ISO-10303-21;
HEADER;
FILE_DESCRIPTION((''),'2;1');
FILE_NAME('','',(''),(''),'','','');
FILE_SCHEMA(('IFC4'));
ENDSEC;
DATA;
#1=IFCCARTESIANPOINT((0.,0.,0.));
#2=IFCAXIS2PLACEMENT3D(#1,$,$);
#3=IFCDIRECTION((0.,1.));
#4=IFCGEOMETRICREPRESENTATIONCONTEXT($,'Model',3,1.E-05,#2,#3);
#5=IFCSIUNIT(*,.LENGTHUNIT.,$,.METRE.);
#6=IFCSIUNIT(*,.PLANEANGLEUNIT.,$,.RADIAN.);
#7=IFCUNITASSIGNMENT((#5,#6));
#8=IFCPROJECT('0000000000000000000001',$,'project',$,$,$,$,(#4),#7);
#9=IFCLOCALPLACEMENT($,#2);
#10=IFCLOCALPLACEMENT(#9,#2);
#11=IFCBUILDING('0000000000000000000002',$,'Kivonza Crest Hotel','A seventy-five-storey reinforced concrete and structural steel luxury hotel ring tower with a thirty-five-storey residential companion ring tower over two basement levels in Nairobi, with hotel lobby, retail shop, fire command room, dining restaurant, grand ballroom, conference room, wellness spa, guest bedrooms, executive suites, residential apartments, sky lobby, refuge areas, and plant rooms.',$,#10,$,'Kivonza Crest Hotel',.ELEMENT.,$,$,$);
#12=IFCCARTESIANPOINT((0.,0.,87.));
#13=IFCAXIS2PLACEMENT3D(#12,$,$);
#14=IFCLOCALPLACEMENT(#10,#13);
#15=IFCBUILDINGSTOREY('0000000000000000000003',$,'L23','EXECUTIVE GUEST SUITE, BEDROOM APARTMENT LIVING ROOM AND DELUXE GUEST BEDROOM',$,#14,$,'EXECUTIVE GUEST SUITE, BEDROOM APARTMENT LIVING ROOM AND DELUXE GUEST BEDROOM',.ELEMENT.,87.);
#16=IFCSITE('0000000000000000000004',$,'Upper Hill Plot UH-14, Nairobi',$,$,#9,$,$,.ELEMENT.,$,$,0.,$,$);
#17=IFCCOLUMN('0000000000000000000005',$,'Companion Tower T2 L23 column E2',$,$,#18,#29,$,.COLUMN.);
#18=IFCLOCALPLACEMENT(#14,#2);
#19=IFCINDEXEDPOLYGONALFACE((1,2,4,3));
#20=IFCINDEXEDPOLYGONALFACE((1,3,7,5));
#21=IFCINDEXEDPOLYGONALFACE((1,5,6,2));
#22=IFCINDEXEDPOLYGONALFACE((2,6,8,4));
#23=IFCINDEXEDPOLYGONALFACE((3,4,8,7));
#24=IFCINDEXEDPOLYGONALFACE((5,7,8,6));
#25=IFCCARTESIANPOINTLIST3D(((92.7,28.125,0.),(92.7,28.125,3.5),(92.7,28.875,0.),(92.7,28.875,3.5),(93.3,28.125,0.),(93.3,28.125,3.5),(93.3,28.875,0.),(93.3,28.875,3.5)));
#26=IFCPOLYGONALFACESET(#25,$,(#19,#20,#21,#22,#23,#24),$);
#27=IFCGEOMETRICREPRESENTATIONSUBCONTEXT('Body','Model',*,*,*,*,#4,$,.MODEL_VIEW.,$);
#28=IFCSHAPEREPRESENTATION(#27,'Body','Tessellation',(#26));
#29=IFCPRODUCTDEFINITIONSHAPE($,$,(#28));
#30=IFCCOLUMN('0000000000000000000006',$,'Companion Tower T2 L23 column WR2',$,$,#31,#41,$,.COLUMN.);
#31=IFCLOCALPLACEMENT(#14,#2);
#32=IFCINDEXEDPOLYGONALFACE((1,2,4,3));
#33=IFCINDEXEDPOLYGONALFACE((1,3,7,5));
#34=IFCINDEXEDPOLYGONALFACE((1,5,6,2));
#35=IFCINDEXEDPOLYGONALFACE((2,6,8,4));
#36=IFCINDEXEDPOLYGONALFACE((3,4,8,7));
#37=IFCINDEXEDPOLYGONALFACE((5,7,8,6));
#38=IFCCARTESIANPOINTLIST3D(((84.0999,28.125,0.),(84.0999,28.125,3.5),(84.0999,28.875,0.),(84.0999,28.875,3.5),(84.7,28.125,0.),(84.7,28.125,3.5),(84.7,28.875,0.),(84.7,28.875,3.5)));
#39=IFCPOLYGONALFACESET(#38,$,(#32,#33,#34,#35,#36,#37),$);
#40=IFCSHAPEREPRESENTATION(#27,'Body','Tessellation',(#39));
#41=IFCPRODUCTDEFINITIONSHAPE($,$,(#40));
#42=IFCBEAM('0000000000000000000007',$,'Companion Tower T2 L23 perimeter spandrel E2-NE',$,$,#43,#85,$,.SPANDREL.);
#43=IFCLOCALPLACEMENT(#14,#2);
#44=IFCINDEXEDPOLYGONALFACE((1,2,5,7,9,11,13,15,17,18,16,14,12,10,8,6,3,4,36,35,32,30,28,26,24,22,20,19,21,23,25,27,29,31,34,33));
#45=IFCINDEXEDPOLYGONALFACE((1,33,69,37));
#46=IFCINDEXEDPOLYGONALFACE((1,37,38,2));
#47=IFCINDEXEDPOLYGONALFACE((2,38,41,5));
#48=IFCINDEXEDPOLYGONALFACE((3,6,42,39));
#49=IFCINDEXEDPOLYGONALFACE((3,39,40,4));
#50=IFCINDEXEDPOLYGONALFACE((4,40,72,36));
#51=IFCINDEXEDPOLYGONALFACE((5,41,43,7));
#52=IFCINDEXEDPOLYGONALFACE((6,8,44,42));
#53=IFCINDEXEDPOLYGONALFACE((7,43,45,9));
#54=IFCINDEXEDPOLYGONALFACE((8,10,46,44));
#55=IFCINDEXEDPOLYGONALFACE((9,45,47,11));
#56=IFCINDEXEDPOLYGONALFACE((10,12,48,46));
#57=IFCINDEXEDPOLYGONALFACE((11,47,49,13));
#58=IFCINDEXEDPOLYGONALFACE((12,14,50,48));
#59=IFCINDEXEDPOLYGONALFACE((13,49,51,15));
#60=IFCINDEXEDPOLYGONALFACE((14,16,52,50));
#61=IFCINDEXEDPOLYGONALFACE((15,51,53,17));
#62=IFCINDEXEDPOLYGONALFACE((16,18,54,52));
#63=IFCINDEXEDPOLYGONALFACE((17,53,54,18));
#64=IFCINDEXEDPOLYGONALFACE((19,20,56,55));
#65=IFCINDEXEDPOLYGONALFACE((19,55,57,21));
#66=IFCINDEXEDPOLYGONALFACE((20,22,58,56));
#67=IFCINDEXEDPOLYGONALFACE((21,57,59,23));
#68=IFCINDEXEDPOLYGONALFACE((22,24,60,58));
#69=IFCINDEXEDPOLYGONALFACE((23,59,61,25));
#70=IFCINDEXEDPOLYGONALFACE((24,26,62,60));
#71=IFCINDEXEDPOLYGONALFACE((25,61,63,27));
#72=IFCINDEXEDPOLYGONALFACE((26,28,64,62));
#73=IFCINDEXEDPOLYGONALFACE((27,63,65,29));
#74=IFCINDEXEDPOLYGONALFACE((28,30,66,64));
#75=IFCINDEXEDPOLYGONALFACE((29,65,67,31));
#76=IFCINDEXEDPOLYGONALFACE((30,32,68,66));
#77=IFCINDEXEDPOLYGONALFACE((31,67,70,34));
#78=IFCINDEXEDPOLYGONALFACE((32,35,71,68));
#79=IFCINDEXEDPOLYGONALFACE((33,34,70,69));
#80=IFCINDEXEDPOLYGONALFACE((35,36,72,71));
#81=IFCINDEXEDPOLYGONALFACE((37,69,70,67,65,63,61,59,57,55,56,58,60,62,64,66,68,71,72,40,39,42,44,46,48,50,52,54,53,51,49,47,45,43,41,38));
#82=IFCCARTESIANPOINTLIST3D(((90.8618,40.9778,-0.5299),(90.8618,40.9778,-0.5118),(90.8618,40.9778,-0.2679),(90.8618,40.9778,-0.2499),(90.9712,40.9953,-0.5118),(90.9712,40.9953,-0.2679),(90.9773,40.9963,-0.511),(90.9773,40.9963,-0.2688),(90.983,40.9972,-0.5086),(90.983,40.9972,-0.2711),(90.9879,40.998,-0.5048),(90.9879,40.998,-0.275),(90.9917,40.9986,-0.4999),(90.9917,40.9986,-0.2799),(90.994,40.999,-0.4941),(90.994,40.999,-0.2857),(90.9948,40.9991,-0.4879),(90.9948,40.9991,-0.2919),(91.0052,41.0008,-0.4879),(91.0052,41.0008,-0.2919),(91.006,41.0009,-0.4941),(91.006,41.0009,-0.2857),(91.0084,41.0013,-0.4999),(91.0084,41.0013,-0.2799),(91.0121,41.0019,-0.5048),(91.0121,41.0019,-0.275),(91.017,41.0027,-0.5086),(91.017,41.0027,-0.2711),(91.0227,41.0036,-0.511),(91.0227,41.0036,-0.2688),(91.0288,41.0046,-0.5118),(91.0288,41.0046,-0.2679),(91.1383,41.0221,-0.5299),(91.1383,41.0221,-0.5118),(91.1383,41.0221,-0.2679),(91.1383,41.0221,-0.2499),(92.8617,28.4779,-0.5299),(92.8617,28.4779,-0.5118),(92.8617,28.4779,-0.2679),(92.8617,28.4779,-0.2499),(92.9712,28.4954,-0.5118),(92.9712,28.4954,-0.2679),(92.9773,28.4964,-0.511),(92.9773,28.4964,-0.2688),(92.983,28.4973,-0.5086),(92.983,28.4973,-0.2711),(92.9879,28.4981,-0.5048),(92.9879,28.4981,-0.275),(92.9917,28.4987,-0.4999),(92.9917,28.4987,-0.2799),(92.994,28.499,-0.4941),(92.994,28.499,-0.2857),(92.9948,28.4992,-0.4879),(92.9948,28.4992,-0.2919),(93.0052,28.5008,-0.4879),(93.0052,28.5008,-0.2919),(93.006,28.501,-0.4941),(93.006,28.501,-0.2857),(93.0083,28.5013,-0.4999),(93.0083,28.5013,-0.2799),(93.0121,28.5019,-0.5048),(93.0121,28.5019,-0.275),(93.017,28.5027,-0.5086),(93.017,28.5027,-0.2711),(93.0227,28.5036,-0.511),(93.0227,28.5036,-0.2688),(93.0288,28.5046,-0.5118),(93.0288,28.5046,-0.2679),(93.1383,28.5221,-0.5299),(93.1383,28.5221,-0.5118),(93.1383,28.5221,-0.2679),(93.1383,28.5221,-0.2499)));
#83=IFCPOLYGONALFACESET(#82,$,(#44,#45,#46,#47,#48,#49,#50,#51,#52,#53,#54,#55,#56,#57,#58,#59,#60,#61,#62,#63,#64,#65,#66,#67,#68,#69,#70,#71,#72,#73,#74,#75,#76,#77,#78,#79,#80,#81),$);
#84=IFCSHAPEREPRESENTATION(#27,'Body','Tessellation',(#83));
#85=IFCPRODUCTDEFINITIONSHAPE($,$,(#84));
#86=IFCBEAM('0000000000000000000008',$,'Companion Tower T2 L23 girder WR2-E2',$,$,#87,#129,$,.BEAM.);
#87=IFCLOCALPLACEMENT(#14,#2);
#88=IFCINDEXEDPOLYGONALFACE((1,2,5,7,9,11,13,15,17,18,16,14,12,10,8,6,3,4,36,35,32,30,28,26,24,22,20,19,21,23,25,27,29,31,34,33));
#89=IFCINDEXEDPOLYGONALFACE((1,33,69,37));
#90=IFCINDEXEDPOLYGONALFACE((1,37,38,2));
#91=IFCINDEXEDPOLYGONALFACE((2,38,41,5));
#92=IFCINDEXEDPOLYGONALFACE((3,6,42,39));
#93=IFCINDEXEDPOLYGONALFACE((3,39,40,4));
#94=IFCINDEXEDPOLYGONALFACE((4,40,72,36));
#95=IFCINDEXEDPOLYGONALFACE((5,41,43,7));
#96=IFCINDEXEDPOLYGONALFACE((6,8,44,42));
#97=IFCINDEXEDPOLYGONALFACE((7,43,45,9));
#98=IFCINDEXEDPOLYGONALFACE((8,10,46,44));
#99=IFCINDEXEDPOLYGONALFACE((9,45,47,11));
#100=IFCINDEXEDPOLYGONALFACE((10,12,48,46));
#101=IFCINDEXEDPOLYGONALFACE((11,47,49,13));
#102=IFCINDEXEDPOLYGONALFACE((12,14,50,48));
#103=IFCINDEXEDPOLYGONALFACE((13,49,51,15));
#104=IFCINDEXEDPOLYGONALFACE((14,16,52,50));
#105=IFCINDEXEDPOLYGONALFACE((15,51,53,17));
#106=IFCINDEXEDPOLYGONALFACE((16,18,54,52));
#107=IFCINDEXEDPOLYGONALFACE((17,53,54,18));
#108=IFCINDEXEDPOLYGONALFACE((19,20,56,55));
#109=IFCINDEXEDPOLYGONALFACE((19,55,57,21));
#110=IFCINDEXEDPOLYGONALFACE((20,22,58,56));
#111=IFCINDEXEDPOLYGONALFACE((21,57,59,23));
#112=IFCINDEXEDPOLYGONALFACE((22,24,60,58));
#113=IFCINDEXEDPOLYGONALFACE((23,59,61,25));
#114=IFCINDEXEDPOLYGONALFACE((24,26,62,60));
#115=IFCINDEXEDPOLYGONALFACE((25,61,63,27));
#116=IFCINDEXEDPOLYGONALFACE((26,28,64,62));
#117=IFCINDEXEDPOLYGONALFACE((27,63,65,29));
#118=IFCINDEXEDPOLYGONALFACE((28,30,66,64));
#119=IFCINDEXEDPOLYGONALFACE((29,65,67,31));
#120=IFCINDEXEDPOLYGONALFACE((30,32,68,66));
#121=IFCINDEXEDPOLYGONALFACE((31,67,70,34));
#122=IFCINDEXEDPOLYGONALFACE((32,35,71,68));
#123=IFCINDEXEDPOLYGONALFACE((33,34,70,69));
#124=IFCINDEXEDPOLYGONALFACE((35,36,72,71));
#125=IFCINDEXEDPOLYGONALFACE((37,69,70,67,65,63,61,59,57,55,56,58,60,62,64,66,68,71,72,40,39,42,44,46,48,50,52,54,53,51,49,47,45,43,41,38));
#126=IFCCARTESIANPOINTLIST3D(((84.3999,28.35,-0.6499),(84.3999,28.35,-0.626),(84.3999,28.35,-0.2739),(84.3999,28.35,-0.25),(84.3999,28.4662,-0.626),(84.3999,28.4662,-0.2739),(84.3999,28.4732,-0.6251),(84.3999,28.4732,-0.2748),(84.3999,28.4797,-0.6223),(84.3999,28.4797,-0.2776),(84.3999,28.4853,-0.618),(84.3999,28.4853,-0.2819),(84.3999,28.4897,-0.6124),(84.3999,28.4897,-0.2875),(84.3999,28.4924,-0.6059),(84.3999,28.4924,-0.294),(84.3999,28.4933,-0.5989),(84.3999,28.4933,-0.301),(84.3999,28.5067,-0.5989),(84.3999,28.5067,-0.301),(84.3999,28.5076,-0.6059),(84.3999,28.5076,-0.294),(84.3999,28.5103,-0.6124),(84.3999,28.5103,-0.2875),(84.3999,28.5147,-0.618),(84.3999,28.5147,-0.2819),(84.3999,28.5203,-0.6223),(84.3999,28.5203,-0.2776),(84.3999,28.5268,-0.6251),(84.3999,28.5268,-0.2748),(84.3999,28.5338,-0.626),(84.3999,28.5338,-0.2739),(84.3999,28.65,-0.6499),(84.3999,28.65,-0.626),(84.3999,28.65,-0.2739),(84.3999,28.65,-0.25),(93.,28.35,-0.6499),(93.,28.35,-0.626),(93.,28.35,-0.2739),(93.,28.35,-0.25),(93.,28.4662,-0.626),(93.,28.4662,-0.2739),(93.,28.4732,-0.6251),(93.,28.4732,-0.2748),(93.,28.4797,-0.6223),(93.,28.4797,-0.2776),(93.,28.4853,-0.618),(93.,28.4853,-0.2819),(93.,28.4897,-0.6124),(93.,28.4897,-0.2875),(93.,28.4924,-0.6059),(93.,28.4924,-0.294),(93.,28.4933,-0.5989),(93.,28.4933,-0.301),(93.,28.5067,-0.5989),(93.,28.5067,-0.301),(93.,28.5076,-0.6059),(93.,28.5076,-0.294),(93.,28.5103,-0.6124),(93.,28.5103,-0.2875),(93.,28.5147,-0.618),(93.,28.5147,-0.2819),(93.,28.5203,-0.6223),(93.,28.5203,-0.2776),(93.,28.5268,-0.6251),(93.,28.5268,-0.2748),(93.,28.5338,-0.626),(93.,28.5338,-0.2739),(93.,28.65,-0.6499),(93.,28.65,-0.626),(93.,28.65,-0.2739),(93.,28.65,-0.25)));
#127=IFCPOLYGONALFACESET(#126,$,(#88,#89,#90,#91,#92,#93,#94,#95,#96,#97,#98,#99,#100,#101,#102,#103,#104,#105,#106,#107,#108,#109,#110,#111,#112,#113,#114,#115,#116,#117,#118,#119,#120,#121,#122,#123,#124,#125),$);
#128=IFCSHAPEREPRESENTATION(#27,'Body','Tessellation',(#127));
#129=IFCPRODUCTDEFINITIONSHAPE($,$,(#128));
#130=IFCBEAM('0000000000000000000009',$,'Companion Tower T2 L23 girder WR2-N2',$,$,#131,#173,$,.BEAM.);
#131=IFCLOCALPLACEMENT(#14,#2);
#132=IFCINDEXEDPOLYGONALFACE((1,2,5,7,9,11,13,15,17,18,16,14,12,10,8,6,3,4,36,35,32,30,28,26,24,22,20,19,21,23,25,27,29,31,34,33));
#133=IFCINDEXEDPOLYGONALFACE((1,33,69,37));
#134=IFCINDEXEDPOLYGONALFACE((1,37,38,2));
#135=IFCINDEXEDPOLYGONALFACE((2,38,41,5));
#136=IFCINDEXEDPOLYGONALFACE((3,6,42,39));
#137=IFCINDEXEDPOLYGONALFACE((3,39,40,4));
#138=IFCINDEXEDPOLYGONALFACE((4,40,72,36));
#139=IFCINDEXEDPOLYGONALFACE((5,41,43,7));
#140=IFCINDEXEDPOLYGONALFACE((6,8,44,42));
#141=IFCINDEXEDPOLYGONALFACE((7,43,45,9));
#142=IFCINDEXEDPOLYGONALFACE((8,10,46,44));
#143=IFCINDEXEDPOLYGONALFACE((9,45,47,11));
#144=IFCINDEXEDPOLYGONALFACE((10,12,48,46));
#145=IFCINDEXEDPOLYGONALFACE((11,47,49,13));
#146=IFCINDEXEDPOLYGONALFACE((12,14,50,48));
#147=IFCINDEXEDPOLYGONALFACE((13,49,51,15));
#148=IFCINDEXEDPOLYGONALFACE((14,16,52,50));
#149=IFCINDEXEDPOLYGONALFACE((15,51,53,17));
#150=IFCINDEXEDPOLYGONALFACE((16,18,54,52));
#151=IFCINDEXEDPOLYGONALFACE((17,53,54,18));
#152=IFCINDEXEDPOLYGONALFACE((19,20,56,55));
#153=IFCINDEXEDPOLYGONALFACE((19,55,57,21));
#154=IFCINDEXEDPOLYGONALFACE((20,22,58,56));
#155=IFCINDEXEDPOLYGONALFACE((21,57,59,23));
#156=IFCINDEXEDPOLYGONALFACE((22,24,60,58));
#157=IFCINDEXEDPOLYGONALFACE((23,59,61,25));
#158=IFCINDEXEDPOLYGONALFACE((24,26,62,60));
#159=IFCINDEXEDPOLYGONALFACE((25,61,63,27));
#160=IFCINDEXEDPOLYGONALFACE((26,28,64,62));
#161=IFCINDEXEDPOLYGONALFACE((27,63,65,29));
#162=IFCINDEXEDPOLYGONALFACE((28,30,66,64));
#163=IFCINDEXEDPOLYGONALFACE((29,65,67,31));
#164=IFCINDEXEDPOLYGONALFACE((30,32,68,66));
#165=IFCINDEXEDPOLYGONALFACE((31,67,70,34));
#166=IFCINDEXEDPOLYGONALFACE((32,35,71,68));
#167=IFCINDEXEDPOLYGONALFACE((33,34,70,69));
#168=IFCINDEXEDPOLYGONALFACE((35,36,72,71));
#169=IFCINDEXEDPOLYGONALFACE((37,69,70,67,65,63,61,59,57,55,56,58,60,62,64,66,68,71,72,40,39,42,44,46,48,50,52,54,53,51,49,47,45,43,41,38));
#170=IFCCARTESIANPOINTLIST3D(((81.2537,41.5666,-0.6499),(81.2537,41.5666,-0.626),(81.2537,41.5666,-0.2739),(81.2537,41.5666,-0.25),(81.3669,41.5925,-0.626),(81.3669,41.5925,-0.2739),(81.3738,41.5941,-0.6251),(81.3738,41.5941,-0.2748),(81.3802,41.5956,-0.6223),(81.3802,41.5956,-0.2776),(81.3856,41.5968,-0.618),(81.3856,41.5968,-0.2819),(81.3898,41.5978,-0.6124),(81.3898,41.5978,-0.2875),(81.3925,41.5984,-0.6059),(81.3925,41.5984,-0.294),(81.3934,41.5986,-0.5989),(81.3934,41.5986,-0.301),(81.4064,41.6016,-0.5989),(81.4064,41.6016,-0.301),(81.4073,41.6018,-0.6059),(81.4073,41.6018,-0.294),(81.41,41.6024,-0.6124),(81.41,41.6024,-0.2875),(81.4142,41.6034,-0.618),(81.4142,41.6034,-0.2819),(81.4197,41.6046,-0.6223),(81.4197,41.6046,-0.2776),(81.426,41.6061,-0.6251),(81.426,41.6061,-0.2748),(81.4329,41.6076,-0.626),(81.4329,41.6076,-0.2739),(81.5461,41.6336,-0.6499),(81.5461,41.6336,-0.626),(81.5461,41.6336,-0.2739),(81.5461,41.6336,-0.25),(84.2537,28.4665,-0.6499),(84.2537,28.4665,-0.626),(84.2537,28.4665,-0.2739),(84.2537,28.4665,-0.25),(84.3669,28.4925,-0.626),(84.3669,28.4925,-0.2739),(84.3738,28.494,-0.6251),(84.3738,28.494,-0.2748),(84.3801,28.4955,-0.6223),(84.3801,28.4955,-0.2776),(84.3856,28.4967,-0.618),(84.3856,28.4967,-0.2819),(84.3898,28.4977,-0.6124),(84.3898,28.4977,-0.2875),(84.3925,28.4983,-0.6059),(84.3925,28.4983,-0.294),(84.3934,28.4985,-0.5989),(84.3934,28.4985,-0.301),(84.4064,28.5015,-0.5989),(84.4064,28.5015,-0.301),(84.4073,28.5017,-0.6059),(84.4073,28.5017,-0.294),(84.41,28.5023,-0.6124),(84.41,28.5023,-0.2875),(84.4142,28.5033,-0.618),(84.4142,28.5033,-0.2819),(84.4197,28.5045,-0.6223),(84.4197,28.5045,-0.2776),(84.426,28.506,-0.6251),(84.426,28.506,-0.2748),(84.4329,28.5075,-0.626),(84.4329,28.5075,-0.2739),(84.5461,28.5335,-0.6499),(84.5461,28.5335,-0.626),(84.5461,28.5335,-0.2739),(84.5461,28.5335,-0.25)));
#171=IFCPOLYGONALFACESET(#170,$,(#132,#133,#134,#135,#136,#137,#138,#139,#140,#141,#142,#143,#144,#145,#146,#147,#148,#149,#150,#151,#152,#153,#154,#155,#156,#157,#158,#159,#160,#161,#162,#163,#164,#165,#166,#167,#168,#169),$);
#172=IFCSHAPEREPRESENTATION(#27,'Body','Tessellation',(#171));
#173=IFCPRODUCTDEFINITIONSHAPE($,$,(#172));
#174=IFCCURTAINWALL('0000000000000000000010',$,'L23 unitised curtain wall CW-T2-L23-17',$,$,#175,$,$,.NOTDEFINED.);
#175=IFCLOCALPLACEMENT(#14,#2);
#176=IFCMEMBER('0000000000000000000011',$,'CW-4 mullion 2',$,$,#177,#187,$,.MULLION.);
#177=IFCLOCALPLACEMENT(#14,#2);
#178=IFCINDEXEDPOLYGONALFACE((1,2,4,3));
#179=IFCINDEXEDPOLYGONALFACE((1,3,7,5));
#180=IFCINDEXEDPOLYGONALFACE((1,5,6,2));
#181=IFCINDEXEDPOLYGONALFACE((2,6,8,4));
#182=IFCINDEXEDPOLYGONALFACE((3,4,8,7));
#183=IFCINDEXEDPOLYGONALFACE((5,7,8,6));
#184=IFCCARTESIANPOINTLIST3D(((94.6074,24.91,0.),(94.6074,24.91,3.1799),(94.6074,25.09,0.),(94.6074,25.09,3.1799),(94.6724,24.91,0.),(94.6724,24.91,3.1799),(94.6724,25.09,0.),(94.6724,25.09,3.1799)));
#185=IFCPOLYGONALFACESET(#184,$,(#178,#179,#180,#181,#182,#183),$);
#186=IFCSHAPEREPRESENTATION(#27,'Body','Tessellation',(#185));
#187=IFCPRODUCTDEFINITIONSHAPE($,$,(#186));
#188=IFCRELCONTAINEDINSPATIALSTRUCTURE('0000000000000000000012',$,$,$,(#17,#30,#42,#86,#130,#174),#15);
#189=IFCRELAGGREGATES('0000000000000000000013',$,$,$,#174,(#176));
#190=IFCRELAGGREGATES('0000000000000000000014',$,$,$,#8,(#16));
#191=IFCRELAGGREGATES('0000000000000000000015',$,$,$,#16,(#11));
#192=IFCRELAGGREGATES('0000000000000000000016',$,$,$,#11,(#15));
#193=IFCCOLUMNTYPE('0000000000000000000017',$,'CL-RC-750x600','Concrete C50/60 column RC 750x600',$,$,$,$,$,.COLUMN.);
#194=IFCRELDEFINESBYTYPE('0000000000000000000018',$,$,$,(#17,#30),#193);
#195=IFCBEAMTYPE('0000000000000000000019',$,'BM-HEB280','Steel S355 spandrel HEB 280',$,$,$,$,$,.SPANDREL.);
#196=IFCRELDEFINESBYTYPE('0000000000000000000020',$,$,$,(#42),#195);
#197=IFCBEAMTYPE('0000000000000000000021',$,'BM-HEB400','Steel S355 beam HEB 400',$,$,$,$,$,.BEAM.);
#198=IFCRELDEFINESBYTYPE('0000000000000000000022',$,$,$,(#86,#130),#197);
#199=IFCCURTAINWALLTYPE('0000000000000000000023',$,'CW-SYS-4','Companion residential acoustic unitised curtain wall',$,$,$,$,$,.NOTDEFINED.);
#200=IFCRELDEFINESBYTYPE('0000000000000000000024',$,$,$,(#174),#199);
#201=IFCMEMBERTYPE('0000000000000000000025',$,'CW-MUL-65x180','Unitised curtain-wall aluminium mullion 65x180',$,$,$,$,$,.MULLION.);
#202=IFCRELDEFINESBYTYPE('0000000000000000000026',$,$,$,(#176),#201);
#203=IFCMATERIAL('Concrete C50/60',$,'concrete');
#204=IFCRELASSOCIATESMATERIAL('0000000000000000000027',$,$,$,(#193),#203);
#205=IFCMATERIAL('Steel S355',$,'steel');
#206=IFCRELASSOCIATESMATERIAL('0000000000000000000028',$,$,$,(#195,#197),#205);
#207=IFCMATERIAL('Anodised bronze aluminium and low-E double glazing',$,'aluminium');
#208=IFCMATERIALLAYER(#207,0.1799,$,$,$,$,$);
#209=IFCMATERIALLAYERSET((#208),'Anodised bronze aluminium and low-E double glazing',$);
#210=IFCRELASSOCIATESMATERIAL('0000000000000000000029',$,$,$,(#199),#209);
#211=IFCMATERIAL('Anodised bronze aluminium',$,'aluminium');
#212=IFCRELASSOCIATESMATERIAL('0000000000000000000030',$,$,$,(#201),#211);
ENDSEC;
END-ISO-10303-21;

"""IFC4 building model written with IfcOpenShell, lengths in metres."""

from ifc_helpers import new_model, si_unit, direction, frame, origin, origin_2d, place, context, subcontext, project, spatial, rectangle, i_section, extrude, material, layer, layer_set, material_profile, profile_set, type_object, element, aggregate, save


model = new_model("IFC4")

# Units and contexts
model_context = context("Model", 3, precision=1e-05, world=origin(), true_north=direction((0.0, 1.0)))
body_context = subcontext(model_context, "Body", "Model", "MODEL_VIEW")
ifc_project = project(units=[si_unit("LENGTHUNIT", "METRE"), si_unit("PLANEANGLEUNIT", "RADIAN")], contexts=[model_context])

# Site, building, storey
site_placement = place(None, origin())
site = spatial("IfcSite", under=ifc_project, at=site_placement, Name="Upper Hill Plot UH-14, Nairobi", CompositionType="ELEMENT", RefElevation=0.0)
building_placement = place(site_placement, origin())
building = spatial("IfcBuilding", under=site, at=building_placement, Name="Kivonza Crest Hotel", Description="A seventy-five-storey reinforced concrete and structural steel luxury hotel ring tower with a thirty-five-storey residential companion ring tower over two basement levels in Nairobi, with hotel lobby, retail shop, fire command room, dining restaurant, grand ballroom, conference room, wellness spa, guest bedrooms, executive suites, residential apartments, sky lobby, refuge areas, and plant rooms.", LongName="Kivonza Crest Hotel", CompositionType="ELEMENT")
storey_placement = place(building_placement, frame((0.0, 0.0, 87.0)))
storey = spatial("IfcBuildingStorey", under=building, at=storey_placement, Name="L23", Description="EXECUTIVE GUEST SUITE, BEDROOM APARTMENT LIVING ROOM AND DELUXE GUEST BEDROOM", LongName="EXECUTIVE GUEST SUITE, BEDROOM APARTMENT LIVING ROOM AND DELUXE GUEST BEDROOM", CompositionType="ELEMENT", Elevation=87.0)

# Columns
ifc_material_1 = material(Name="Concrete C50/60", Category="concrete")
ifc_material_profile_1 = material_profile(ifc_material_1, rectangle(XDim=0.6001, YDim=0.75, at=origin_2d()), Name="RC 750x600")
ifc_profile_set_1 = profile_set([ifc_material_profile_1], Name="Concrete C50/60")
column_type = type_object("IfcColumnType", Name="CL-RC-750x600", Description="Concrete C50/60 column RC 750x600", PredefinedType="COLUMN", material=ifc_profile_set_1)
for number, where, z_axis, x_axis, name in (
    (1, (93.0, 28.5, 0.0), (0.0, 0.0, 1.0), (1.0, 0.0, 0.0), "Companion Tower T2 L23 column E2"),
    (2, (84.3999, 28.5, 0.0), (0.0, 0.0, 1.0), (1.0, 0.0, 0.0), "Companion Tower T2 L23 column WR2"),
):
    element("IfcColumn", number, at=place(storey_placement, frame(where, z_axis=z_axis, x_axis=x_axis)), inside=storey, type_object=column_type, Name=name, PredefinedType="COLUMN", context=body_context, shape_type="SweptSolid", body=[
        extrude(rectangle(XDim=0.6001, YDim=0.75, at=origin_2d()), origin(), (0.0, 0.0, 1.0), 3.5),
    ])

# Beams
ifc_material_2 = material(Name="Steel S355", Category="steel")
ifc_material_profile_2 = material_profile(ifc_material_2, i_section(OverallWidth=0.28, OverallDepth=0.28, WebThickness=0.0105, FlangeThickness=0.0181, FilletRadius=0.0239, at=origin_2d()), Name="HEB 280")
ifc_profile_set_2 = profile_set([ifc_material_profile_2], Name="Steel S355")
beam_type_1 = type_object("IfcBeamType", Name="BM-HEB280", Description="Steel S355 spandrel HEB 280", PredefinedType="SPANDREL", material=ifc_profile_set_2)
beam_1_placement = place(storey_placement, frame((93.0, 28.5, -0.3899), z_axis=(-0.157991, 0.987441, 0.0), x_axis=(-0.987441, -0.157991, 0.0)))
element("IfcBeam", 3, at=beam_1_placement, inside=storey, type_object=beam_type_1, Name="Companion Tower T2 L23 perimeter spandrel E2-NE", PredefinedType="SPANDREL", context=body_context, shape_type="SweptSolid", body=[
    extrude(i_section(OverallWidth=0.28, OverallDepth=0.28, WebThickness=0.0105, FlangeThickness=0.0181, FilletRadius=0.0239, at=origin_2d()), origin(), (0.0, 0.0, 1.0), 12.6589),
])
ifc_material_profile_3 = material_profile(ifc_material_2, i_section(OverallWidth=0.3, OverallDepth=0.3999, WebThickness=0.0134, FlangeThickness=0.0239, FilletRadius=0.0271, at=origin_2d()), Name="HEB 400")
ifc_profile_set_3 = profile_set([ifc_material_profile_3], Name="Steel S355")
beam_type_2 = type_object("IfcBeamType", Name="BM-HEB400", Description="Steel S355 beam HEB 400", PredefinedType="BEAM", material=ifc_profile_set_3)
beam_2_placement = place(storey_placement, frame((84.3999, 28.5, -0.45), z_axis=(1.0, 0.0, 0.0), x_axis=(0.0, 1.0, 0.0)))
element("IfcBeam", 4, at=beam_2_placement, inside=storey, type_object=beam_type_2, Name="Companion Tower T2 L23 girder WR2-E2", PredefinedType="BEAM", context=body_context, shape_type="SweptSolid", body=[
    extrude(i_section(OverallWidth=0.3, OverallDepth=0.3999, WebThickness=0.0134, FlangeThickness=0.0239, FilletRadius=0.0271, at=origin_2d()), origin(), (0.0, 0.0, 1.0), 8.6001),
])
beam_3_placement = place(storey_placement, frame((84.3999, 28.5, -0.45), z_axis=(-0.223227, 0.974766, 0.0), x_axis=(-0.974766, -0.223227, 0.0)))
element("IfcBeam", 5, at=beam_3_placement, inside=storey, type_object=beam_type_2, Name="Companion Tower T2 L23 girder WR2-N2", PredefinedType="BEAM", context=body_context, shape_type="SweptSolid", body=[
    extrude(i_section(OverallWidth=0.3, OverallDepth=0.3999, WebThickness=0.0134, FlangeThickness=0.0239, FilletRadius=0.0271, at=origin_2d()), origin(), (0.0, 0.0, 1.0), 13.4392),
])

# Curtain wall, member
ifc_material_3 = material(Name="Anodised bronze aluminium and low-E double glazing", Category="aluminium")
ifc_layer_1 = layer(ifc_material_3, 0.1799)
ifc_layer_set_1 = layer_set([ifc_layer_1], Name="Anodised bronze aluminium and low-E double glazing")
curtain_wall_type = type_object("IfcCurtainWallType", Name="CW-SYS-4", Description="Companion residential acoustic unitised curtain wall", PredefinedType="NOTDEFINED", material=ifc_layer_set_1)
curtain_wall_placement = place(storey_placement, origin())
curtain_wall = element("IfcCurtainWall", 6, at=curtain_wall_placement, inside=storey, type_object=curtain_wall_type, Name="L23 unitised curtain wall CW-T2-L23-17", PredefinedType="NOTDEFINED")
ifc_material_4 = material(Name="Anodised bronze aluminium", Category="aluminium")
ifc_material_profile_4 = material_profile(ifc_material_4, rectangle(XDim=0.0649, YDim=0.1799, at=origin_2d()), Name="CW-M 65x180")
ifc_profile_set_4 = profile_set([ifc_material_profile_4], Name="Anodised bronze aluminium")
member_type_1 = type_object("IfcMemberType", Name="CW-MUL-65x180", Description="Unitised curtain-wall aluminium mullion 65x180", PredefinedType="MULLION", material=ifc_profile_set_4)
member_1_placement = place(storey_placement, frame((94.6399, 25.0, 0.0), z_axis=(0.0, 0.0, 1.0), x_axis=(-1.0, 0.0, 0.0)))
member_1 = element("IfcMember", 7, at=member_1_placement, type_object=member_type_1, Name="CW-4 mullion 2", PredefinedType="MULLION", context=body_context, shape_type="SweptSolid", body=[
    extrude(rectangle(XDim=0.0649, YDim=0.1799, at=origin_2d()), origin(), (0.0, 0.0, 1.0), 3.1799),
])
aggregate(curtain_wall, [member_1])

save(model, "model.ifc")
